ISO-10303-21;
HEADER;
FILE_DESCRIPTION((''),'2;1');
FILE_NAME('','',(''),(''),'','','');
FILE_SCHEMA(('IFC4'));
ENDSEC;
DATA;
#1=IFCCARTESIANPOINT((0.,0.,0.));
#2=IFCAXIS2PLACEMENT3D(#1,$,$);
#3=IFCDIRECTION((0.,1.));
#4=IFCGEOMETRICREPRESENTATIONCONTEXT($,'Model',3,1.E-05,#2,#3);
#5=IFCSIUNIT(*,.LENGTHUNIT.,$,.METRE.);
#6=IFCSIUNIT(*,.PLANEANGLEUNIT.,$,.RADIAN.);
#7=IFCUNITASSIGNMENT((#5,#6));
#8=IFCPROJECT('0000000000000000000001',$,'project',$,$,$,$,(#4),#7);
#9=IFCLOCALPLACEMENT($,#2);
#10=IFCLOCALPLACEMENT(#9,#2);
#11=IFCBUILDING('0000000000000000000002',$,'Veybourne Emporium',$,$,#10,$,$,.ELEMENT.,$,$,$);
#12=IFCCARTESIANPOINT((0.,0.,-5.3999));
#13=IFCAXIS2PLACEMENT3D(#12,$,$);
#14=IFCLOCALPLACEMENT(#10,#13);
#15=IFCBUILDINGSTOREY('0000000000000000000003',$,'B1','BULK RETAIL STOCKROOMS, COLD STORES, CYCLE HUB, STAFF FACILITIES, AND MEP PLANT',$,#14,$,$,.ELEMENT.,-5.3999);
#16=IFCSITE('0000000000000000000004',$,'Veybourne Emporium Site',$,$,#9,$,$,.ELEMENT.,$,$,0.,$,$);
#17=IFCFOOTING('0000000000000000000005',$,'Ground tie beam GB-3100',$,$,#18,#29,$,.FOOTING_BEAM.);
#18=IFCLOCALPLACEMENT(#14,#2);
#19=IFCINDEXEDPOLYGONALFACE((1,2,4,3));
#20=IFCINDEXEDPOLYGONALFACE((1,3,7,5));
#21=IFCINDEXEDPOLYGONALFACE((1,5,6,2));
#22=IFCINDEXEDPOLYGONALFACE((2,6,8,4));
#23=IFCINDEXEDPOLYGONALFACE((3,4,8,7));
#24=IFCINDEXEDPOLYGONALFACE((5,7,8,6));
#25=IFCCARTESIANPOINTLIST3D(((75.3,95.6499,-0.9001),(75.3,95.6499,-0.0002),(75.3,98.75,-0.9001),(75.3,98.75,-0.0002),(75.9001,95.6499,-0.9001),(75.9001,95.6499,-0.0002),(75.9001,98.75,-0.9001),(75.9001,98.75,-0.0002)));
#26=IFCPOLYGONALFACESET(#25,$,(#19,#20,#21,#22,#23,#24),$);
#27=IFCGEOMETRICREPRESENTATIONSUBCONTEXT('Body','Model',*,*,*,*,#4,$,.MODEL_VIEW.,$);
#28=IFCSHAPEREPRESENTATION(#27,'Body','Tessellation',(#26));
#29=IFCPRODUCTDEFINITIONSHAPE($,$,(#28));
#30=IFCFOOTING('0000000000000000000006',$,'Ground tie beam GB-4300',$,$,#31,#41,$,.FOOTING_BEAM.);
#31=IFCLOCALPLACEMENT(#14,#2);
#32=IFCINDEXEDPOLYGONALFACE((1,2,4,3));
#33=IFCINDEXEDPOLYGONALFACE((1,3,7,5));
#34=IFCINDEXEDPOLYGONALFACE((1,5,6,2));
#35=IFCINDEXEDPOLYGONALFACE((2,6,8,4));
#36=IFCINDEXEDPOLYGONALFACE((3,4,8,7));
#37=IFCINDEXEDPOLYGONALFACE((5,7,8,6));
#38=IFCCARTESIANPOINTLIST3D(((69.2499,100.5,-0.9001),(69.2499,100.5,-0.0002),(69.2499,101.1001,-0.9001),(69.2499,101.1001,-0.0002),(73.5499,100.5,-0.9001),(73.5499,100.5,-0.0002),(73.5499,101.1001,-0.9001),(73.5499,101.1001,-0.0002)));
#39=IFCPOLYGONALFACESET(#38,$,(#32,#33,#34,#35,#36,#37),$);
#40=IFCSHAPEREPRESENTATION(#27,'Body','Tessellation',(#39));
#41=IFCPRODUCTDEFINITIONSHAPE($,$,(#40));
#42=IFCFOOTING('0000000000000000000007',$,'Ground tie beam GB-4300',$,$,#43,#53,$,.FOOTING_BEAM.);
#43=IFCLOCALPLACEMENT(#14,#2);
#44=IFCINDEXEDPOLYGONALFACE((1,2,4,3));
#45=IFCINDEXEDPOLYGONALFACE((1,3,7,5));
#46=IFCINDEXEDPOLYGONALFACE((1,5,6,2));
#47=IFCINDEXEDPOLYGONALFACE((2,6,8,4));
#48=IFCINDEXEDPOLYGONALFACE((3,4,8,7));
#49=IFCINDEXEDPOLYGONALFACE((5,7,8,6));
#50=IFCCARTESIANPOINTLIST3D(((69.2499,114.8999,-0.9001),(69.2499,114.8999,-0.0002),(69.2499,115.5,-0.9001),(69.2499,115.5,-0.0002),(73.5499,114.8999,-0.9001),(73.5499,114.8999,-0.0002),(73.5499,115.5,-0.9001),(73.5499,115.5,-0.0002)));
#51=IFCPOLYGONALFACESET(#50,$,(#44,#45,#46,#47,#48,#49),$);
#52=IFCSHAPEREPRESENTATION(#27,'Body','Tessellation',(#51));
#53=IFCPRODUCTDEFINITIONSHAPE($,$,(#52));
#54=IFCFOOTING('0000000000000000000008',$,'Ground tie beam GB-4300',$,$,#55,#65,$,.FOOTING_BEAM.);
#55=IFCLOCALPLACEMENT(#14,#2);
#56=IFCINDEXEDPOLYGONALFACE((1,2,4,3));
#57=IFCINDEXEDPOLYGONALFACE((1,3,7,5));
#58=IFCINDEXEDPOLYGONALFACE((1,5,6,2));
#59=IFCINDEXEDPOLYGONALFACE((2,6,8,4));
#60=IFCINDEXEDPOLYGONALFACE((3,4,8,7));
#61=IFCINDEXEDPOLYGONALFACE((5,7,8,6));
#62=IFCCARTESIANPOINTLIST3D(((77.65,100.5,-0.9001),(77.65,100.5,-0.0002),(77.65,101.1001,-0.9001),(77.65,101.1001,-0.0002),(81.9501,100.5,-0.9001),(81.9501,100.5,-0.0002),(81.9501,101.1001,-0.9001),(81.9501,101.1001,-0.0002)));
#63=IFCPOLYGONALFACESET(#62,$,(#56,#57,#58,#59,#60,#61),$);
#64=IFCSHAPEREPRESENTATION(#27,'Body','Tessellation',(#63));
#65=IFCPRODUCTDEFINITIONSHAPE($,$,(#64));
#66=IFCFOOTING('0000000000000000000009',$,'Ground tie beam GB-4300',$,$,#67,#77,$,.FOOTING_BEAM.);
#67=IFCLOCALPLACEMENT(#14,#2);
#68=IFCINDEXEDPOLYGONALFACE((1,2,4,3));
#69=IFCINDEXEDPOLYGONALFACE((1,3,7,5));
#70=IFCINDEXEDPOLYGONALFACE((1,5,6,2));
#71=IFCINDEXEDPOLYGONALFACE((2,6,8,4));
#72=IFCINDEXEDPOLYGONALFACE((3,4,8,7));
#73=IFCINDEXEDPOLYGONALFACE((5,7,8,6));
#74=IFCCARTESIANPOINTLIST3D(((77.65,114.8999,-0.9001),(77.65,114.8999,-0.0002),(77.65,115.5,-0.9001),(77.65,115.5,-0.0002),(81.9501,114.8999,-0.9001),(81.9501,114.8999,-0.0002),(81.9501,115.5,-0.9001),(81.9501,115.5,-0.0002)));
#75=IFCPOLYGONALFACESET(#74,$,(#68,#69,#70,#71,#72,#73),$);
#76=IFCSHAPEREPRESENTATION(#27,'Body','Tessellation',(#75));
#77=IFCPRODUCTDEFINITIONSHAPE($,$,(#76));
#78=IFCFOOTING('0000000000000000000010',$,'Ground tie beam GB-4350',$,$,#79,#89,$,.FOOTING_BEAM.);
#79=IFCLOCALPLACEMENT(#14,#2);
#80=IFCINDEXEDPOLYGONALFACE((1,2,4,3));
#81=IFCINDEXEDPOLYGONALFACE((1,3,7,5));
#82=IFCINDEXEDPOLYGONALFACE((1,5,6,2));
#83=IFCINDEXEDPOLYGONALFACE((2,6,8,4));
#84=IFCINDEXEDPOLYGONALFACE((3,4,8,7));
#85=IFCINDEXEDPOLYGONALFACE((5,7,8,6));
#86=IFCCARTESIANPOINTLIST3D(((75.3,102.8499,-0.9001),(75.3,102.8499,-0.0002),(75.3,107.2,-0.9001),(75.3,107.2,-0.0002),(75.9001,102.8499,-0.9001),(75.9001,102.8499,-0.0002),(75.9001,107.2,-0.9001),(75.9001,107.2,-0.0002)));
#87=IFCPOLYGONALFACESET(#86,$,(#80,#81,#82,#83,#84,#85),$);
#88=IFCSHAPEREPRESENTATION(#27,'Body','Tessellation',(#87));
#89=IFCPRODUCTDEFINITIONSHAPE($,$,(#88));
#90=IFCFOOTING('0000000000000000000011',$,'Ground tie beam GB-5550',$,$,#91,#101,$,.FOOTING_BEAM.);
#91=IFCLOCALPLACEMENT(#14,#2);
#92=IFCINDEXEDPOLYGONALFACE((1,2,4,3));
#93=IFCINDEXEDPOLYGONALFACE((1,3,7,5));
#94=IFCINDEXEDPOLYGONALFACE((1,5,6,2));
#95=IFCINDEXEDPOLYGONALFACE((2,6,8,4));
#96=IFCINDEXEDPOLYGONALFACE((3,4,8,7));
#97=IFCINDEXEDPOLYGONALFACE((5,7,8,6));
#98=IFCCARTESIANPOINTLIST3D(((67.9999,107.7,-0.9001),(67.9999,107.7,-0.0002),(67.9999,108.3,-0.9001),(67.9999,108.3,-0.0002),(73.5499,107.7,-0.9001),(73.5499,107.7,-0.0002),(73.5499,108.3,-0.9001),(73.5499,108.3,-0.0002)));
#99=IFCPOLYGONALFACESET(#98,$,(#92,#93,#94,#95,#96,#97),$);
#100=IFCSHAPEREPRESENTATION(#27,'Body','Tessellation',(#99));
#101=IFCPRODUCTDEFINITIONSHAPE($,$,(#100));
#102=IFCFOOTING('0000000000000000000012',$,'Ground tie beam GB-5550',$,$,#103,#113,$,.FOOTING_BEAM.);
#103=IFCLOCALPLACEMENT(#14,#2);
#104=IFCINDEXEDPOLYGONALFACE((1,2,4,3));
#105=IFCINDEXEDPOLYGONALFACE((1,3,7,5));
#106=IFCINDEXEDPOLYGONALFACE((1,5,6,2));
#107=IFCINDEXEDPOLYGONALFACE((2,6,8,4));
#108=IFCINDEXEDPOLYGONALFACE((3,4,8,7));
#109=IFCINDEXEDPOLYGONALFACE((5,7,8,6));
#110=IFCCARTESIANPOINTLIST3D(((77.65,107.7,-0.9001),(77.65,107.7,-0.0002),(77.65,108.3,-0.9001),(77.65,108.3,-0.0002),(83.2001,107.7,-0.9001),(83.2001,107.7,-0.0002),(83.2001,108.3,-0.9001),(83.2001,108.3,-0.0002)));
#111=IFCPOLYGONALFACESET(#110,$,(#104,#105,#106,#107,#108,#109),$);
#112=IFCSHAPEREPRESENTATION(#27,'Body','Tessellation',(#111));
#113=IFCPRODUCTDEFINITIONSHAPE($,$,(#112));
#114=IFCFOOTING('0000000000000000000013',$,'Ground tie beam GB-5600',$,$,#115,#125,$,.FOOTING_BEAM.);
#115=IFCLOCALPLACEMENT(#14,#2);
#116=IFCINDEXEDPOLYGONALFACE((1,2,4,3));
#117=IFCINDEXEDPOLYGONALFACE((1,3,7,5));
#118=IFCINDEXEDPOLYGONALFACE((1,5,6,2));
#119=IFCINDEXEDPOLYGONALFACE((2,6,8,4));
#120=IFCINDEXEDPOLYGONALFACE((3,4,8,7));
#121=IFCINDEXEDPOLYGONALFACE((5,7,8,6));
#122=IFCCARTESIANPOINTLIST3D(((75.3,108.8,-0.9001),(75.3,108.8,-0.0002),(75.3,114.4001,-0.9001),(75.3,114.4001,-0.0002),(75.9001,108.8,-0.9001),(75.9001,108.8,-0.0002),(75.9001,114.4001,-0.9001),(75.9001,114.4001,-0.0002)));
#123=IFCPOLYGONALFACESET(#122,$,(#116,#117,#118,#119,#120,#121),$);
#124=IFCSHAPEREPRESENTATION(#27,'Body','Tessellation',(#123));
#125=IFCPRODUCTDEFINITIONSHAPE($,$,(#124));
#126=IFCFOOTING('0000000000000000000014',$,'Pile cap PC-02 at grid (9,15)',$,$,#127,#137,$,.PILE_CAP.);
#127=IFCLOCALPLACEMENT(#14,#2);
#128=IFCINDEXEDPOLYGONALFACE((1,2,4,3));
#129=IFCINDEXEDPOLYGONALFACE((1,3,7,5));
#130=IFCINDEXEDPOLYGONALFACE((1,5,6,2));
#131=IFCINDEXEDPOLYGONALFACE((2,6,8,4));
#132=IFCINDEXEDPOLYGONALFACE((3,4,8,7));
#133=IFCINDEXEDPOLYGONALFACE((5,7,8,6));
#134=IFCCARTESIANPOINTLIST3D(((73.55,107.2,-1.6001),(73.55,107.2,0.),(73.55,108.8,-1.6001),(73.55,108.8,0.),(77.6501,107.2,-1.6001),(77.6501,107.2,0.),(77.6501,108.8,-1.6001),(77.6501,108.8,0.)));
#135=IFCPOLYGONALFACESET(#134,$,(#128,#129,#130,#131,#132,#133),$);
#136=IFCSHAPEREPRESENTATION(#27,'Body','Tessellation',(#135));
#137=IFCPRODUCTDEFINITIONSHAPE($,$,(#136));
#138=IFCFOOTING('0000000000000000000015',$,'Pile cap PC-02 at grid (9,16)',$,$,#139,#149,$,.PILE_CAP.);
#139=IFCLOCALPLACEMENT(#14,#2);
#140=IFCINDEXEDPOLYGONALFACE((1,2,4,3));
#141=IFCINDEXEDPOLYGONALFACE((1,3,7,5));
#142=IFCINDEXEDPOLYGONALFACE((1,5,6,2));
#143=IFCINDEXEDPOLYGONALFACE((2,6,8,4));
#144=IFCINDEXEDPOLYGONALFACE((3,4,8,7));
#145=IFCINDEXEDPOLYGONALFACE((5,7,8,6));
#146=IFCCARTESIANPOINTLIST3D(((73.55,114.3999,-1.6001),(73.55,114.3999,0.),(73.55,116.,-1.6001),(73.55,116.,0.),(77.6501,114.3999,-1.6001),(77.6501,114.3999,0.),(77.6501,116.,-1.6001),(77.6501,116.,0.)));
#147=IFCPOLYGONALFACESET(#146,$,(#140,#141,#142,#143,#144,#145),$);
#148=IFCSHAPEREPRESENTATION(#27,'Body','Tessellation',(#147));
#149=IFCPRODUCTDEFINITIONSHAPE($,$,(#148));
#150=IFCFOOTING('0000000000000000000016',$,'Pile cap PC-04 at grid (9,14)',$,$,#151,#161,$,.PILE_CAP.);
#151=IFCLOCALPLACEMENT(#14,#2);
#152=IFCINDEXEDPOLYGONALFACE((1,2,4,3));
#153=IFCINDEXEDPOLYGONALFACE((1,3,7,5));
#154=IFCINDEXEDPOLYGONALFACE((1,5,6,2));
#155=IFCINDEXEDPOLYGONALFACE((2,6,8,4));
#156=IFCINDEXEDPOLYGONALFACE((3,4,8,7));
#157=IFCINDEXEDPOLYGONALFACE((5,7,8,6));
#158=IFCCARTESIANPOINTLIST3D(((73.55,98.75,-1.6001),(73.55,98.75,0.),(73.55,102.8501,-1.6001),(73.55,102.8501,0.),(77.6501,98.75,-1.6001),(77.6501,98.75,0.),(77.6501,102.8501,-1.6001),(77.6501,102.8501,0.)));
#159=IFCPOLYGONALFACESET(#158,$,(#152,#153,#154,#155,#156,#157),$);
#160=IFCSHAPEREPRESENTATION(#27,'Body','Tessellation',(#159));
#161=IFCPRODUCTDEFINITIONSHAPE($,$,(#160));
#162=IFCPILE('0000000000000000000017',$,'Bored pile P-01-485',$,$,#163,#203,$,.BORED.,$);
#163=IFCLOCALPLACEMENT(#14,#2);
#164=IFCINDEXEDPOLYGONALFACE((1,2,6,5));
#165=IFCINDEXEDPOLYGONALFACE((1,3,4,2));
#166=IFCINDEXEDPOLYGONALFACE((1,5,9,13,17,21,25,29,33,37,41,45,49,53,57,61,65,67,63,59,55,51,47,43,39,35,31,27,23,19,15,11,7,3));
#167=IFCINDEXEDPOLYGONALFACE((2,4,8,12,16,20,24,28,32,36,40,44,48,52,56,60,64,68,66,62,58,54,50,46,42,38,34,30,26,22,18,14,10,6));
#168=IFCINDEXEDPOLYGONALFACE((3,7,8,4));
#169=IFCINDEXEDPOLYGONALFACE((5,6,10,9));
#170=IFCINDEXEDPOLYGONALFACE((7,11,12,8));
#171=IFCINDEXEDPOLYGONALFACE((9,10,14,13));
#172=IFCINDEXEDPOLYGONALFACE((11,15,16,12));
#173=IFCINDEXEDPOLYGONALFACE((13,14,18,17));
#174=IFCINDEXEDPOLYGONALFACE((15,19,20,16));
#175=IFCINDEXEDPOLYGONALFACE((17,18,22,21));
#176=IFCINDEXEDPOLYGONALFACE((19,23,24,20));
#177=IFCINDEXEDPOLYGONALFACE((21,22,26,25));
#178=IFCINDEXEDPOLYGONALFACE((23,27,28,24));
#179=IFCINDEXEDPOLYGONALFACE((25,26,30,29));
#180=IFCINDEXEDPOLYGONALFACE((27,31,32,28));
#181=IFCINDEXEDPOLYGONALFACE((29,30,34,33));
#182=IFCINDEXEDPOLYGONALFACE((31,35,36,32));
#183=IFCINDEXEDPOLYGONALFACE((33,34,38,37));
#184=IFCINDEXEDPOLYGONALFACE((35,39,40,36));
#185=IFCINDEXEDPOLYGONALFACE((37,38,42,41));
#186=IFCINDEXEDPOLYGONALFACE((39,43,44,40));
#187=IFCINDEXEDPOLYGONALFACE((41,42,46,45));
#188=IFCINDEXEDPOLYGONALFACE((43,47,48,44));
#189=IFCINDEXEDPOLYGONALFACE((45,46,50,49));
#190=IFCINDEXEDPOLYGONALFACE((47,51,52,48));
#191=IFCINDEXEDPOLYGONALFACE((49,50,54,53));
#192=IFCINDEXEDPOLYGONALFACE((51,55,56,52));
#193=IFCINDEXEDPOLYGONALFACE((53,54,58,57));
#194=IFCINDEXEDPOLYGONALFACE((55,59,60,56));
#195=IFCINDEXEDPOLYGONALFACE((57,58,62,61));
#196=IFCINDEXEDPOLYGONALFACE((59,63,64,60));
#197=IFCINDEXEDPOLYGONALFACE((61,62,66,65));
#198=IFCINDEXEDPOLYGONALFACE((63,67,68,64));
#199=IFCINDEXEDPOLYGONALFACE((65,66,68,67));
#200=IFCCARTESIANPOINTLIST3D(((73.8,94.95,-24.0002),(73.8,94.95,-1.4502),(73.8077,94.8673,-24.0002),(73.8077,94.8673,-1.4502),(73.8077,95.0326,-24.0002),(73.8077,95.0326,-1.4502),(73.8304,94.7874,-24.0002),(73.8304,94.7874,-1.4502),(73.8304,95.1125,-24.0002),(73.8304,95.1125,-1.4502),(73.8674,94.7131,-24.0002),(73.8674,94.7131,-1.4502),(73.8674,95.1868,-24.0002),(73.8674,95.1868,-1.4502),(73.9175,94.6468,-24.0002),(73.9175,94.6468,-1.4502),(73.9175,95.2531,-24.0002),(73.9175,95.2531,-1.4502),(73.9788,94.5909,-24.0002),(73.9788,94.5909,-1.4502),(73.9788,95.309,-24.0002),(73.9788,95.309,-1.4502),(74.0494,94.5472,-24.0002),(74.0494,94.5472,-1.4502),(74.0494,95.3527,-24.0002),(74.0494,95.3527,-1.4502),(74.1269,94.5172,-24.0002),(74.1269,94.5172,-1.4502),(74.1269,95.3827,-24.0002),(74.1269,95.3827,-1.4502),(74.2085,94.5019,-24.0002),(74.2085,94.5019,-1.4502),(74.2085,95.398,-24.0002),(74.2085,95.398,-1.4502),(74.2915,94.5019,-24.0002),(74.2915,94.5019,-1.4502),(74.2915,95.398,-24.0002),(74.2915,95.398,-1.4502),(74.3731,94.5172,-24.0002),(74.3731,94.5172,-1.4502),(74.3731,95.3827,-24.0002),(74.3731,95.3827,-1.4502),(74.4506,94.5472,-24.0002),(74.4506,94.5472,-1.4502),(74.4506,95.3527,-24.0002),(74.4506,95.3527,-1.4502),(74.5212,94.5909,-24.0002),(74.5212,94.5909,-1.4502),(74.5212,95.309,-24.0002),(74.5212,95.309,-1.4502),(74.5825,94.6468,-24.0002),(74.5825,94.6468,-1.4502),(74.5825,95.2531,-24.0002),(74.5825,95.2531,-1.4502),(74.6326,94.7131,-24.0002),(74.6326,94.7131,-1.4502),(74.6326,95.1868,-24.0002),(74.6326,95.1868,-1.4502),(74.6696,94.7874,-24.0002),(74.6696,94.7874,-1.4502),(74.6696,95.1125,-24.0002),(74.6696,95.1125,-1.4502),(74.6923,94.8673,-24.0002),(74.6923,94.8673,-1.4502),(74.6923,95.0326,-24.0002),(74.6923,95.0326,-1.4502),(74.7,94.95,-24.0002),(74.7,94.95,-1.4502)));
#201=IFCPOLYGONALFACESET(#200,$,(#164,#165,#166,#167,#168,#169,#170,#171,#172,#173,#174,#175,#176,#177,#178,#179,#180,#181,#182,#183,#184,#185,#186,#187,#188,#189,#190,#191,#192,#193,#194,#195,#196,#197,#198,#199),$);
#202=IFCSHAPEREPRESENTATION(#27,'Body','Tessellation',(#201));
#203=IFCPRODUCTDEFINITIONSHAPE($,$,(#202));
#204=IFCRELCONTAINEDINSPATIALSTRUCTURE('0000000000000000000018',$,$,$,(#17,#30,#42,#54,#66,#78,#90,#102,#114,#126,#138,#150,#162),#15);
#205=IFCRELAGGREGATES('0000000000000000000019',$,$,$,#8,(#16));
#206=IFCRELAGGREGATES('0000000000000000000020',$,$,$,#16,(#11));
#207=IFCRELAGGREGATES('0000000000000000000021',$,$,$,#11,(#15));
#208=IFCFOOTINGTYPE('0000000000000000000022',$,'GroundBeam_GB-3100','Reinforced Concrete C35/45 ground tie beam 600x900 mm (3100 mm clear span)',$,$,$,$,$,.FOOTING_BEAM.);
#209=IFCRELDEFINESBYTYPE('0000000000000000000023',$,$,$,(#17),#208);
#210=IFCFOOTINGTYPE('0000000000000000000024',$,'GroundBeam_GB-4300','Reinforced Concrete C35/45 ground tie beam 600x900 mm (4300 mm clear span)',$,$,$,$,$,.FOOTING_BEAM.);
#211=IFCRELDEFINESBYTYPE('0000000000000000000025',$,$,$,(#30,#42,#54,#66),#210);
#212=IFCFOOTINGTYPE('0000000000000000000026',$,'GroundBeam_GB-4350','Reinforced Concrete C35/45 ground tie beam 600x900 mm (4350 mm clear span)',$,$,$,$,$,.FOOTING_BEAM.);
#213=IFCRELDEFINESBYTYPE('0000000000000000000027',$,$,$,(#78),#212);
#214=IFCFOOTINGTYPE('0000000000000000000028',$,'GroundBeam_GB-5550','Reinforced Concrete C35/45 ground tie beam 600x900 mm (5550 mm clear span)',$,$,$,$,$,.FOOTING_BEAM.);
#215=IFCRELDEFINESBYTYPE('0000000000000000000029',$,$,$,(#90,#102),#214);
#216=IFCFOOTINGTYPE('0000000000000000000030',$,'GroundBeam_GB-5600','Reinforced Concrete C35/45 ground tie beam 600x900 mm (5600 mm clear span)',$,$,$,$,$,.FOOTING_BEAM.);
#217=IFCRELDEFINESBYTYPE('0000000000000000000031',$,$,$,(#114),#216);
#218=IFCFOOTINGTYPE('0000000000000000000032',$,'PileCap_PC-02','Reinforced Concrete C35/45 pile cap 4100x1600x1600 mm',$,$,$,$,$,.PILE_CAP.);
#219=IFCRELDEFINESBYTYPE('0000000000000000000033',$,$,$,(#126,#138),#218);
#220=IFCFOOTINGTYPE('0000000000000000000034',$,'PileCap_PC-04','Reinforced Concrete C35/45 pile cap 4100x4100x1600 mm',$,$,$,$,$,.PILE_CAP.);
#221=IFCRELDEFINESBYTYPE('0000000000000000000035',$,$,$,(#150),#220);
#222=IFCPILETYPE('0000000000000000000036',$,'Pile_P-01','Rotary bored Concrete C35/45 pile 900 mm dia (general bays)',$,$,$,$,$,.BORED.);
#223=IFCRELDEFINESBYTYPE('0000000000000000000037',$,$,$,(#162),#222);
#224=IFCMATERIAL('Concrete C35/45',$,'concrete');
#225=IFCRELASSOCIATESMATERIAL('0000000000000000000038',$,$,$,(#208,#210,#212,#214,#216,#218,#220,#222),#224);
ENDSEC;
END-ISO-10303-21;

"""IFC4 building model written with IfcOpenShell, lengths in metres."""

from ifc_helpers import new_model, si_unit, direction, frame, origin, origin_2d, place, context, subcontext, project, spatial, rectangle, circle, extrude, material, material_profile, profile_set, type_object, element, save


model = new_model("IFC4")

# Units and contexts
model_context = context("Model", 3, precision=1e-05, world=origin(), true_north=direction((0.0, 1.0)))
body_context = subcontext(model_context, "Body", "Model", "MODEL_VIEW")
ifc_project = project(units=[si_unit("LENGTHUNIT", "METRE"), si_unit("PLANEANGLEUNIT", "RADIAN")], contexts=[model_context])

# Site, building, storey
site_placement = place(None, origin())
site = spatial("IfcSite", under=ifc_project, at=site_placement, Name="Veybourne Emporium Site", CompositionType="ELEMENT", RefElevation=0.0)
building_placement = place(site_placement, origin())
building = spatial("IfcBuilding", under=site, at=building_placement, Name="Veybourne Emporium", CompositionType="ELEMENT")
storey_placement = place(building_placement, frame((0.0, 0.0, -5.3999)))
storey = spatial("IfcBuildingStorey", under=building, at=storey_placement, Name="B1", Description="BULK RETAIL STOCKROOMS, COLD STORES, CYCLE HUB, STAFF FACILITIES, AND MEP PLANT", CompositionType="ELEMENT", Elevation=-5.3999)

# Footings
ifc_material_1 = material(Name="Concrete C35/45", Category="concrete")
footing_type_1 = type_object("IfcFootingType", Name="GroundBeam_GB-3100", Description="Reinforced Concrete C35/45 ground tie beam 600x900 mm (3100 mm clear span)", PredefinedType="FOOTING_BEAM", material=ifc_material_1)
footing_1_placement = place(storey_placement, frame((75.6001, 97.2, -0.9001), z_axis=(0.0, 0.0, 1.0), x_axis=(0.0, 1.0, 0.0)))
element("IfcFooting", 1, at=footing_1_placement, inside=storey, type_object=footing_type_1, Name="Ground tie beam GB-3100", PredefinedType="FOOTING_BEAM", context=body_context, shape_type="SweptSolid", body=[
    extrude(rectangle(XDim=3.1001, YDim=0.6001, at=origin_2d()), origin(), (0.0, 0.0, 1.0), 0.8999),
])
footing_type_2 = type_object("IfcFootingType", Name="GroundBeam_GB-4300", Description="Reinforced Concrete C35/45 ground tie beam 600x900 mm (4300 mm clear span)", PredefinedType="FOOTING_BEAM", material=ifc_material_1)
for number, where, z_axis, x_axis, name in (
    (2, (71.3999, 100.8, -0.9001), (0.0, 0.0, 1.0), (1.0, 0.0, 0.0), "Ground tie beam GB-4300"),
    (3, (71.3999, 115.2, -0.9001), (0.0, 0.0, 1.0), (1.0, 0.0, 0.0), "Ground tie beam GB-4300"),
    (4, (79.8, 100.8, -0.9001), (0.0, 0.0, 1.0), (1.0, 0.0, 0.0), "Ground tie beam GB-4300"),
    (5, (79.8, 115.2, -0.9001), (0.0, 0.0, 1.0), (1.0, 0.0, 0.0), "Ground tie beam GB-4300"),
):
    element("IfcFooting", number, at=place(storey_placement, frame(where, z_axis=z_axis, x_axis=x_axis)), inside=storey, type_object=footing_type_2, Name=name, PredefinedType="FOOTING_BEAM", context=body_context, shape_type="SweptSolid", body=[
        extrude(rectangle(XDim=4.3, YDim=0.6001, at=origin_2d()), origin(), (0.0, 0.0, 1.0), 0.8999),
    ])
footing_type_3 = type_object("IfcFootingType", Name="GroundBeam_GB-4350", Description="Reinforced Concrete C35/45 ground tie beam 600x900 mm (4350 mm clear span)", PredefinedType="FOOTING_BEAM", material=ifc_material_1)
footing_2_placement = place(storey_placement, frame((75.6001, 105.0249, -0.9001), z_axis=(0.0, 0.0, 1.0), x_axis=(0.0, 1.0, 0.0)))
element("IfcFooting", 6, at=footing_2_placement, inside=storey, type_object=footing_type_3, Name="Ground tie beam GB-4350", PredefinedType="FOOTING_BEAM", context=body_context, shape_type="SweptSolid", body=[
    extrude(rectangle(XDim=4.3501, YDim=0.6001, at=origin_2d()), origin(), (0.0, 0.0, 1.0), 0.8999),
])
footing_type_4 = type_object("IfcFootingType", Name="GroundBeam_GB-5550", Description="Reinforced Concrete C35/45 ground tie beam 600x900 mm (5550 mm clear span)", PredefinedType="FOOTING_BEAM", material=ifc_material_1)
for number, where, z_axis, x_axis, name in (
    (7, (70.7749, 108.0, -0.9001), (0.0, 0.0, 1.0), (1.0, 0.0, 0.0), "Ground tie beam GB-5550"),
    (8, (80.425, 108.0, -0.9001), (0.0, 0.0, 1.0), (1.0, 0.0, 0.0), "Ground tie beam GB-5550"),
):
    element("IfcFooting", number, at=place(storey_placement, frame(where, z_axis=z_axis, x_axis=x_axis)), inside=storey, type_object=footing_type_4, Name=name, PredefinedType="FOOTING_BEAM", context=body_context, shape_type="SweptSolid", body=[
        extrude(rectangle(XDim=5.55, YDim=0.6001, at=origin_2d()), origin(), (0.0, 0.0, 1.0), 0.8999),
    ])
footing_type_5 = type_object("IfcFootingType", Name="GroundBeam_GB-5600", Description="Reinforced Concrete C35/45 ground tie beam 600x900 mm (5600 mm clear span)", PredefinedType="FOOTING_BEAM", material=ifc_material_1)
footing_3_placement = place(storey_placement, frame((75.6001, 111.6001, -0.9001), z_axis=(0.0, 0.0, 1.0), x_axis=(0.0, 1.0, 0.0)))
element("IfcFooting", 9, at=footing_3_placement, inside=storey, type_object=footing_type_5, Name="Ground tie beam GB-5600", PredefinedType="FOOTING_BEAM", context=body_context, shape_type="SweptSolid", body=[
    extrude(rectangle(XDim=5.6001, YDim=0.6001, at=origin_2d()), origin(), (0.0, 0.0, 1.0), 0.8999),
])
footing_type_6 = type_object("IfcFootingType", Name="PileCap_PC-02", Description="Reinforced Concrete C35/45 pile cap 4100x1600x1600 mm", PredefinedType="PILE_CAP", material=ifc_material_1)
for number, where, z_axis, x_axis, name in (
    (10, (75.6001, 108.0, -1.6001), (0.0, 0.0, 1.0), (1.0, 0.0, 0.0), "Pile cap PC-02 at grid (9,15)"),
    (11, (75.6001, 115.2, -1.6001), (0.0, 0.0, 1.0), (1.0, 0.0, 0.0), "Pile cap PC-02 at grid (9,16)"),
):
    element("IfcFooting", number, at=place(storey_placement, frame(where, z_axis=z_axis, x_axis=x_axis)), inside=storey, type_object=footing_type_6, Name=name, PredefinedType="PILE_CAP", context=body_context, shape_type="SweptSolid", body=[
        extrude(rectangle(XDim=4.1001, YDim=1.6001, at=origin_2d()), origin(), (0.0, 0.0, 1.0), 1.6001),
    ])
footing_type_7 = type_object("IfcFootingType", Name="PileCap_PC-04", Description="Reinforced Concrete C35/45 pile cap 4100x4100x1600 mm", PredefinedType="PILE_CAP", material=ifc_material_1)
footing_4_placement = place(storey_placement, frame((75.6001, 100.8, -1.6001), z_axis=(0.0, 0.0, 1.0), x_axis=(1.0, 0.0, 0.0)))
element("IfcFooting", 12, at=footing_4_placement, inside=storey, type_object=footing_type_7, Name="Pile cap PC-04 at grid (9,14)", PredefinedType="PILE_CAP", context=body_context, shape_type="SweptSolid", body=[
    extrude(rectangle(XDim=4.1001, YDim=4.1001, at=origin_2d()), origin(), (0.0, 0.0, 1.0), 1.6001),
])

# Pile
ifc_material_profile_1 = material_profile(ifc_material_1, circle(Radius=0.45, at=origin_2d()), Name="BORED PILE 900")
ifc_profile_set_1 = profile_set([ifc_material_profile_1], Name="Concrete C35/45")
pile_type_1 = type_object("IfcPileType", Name="Pile_P-01", Description="Rotary bored Concrete C35/45 pile 900 mm dia (general bays)", PredefinedType="BORED", material=ifc_profile_set_1)
for number, where, z_axis, x_axis, name in (
    (13, (74.25, 94.95, -1.4502), (0.0, 0.0, -1.0), (1.0, 0.0, 0.0), "Bored pile P-01-485"),
):
    element("IfcPile", number, at=place(storey_placement, frame(where, z_axis=z_axis, x_axis=x_axis)), inside=storey, type_object=pile_type_1, Name=name, PredefinedType="BORED", context=body_context, shape_type="SweptSolid", body=[
        extrude(circle(Radius=0.45, at=origin_2d()), origin(), (0.0, 0.0, 1.0), 22.55),
    ])

save(model, "model.ifc")
